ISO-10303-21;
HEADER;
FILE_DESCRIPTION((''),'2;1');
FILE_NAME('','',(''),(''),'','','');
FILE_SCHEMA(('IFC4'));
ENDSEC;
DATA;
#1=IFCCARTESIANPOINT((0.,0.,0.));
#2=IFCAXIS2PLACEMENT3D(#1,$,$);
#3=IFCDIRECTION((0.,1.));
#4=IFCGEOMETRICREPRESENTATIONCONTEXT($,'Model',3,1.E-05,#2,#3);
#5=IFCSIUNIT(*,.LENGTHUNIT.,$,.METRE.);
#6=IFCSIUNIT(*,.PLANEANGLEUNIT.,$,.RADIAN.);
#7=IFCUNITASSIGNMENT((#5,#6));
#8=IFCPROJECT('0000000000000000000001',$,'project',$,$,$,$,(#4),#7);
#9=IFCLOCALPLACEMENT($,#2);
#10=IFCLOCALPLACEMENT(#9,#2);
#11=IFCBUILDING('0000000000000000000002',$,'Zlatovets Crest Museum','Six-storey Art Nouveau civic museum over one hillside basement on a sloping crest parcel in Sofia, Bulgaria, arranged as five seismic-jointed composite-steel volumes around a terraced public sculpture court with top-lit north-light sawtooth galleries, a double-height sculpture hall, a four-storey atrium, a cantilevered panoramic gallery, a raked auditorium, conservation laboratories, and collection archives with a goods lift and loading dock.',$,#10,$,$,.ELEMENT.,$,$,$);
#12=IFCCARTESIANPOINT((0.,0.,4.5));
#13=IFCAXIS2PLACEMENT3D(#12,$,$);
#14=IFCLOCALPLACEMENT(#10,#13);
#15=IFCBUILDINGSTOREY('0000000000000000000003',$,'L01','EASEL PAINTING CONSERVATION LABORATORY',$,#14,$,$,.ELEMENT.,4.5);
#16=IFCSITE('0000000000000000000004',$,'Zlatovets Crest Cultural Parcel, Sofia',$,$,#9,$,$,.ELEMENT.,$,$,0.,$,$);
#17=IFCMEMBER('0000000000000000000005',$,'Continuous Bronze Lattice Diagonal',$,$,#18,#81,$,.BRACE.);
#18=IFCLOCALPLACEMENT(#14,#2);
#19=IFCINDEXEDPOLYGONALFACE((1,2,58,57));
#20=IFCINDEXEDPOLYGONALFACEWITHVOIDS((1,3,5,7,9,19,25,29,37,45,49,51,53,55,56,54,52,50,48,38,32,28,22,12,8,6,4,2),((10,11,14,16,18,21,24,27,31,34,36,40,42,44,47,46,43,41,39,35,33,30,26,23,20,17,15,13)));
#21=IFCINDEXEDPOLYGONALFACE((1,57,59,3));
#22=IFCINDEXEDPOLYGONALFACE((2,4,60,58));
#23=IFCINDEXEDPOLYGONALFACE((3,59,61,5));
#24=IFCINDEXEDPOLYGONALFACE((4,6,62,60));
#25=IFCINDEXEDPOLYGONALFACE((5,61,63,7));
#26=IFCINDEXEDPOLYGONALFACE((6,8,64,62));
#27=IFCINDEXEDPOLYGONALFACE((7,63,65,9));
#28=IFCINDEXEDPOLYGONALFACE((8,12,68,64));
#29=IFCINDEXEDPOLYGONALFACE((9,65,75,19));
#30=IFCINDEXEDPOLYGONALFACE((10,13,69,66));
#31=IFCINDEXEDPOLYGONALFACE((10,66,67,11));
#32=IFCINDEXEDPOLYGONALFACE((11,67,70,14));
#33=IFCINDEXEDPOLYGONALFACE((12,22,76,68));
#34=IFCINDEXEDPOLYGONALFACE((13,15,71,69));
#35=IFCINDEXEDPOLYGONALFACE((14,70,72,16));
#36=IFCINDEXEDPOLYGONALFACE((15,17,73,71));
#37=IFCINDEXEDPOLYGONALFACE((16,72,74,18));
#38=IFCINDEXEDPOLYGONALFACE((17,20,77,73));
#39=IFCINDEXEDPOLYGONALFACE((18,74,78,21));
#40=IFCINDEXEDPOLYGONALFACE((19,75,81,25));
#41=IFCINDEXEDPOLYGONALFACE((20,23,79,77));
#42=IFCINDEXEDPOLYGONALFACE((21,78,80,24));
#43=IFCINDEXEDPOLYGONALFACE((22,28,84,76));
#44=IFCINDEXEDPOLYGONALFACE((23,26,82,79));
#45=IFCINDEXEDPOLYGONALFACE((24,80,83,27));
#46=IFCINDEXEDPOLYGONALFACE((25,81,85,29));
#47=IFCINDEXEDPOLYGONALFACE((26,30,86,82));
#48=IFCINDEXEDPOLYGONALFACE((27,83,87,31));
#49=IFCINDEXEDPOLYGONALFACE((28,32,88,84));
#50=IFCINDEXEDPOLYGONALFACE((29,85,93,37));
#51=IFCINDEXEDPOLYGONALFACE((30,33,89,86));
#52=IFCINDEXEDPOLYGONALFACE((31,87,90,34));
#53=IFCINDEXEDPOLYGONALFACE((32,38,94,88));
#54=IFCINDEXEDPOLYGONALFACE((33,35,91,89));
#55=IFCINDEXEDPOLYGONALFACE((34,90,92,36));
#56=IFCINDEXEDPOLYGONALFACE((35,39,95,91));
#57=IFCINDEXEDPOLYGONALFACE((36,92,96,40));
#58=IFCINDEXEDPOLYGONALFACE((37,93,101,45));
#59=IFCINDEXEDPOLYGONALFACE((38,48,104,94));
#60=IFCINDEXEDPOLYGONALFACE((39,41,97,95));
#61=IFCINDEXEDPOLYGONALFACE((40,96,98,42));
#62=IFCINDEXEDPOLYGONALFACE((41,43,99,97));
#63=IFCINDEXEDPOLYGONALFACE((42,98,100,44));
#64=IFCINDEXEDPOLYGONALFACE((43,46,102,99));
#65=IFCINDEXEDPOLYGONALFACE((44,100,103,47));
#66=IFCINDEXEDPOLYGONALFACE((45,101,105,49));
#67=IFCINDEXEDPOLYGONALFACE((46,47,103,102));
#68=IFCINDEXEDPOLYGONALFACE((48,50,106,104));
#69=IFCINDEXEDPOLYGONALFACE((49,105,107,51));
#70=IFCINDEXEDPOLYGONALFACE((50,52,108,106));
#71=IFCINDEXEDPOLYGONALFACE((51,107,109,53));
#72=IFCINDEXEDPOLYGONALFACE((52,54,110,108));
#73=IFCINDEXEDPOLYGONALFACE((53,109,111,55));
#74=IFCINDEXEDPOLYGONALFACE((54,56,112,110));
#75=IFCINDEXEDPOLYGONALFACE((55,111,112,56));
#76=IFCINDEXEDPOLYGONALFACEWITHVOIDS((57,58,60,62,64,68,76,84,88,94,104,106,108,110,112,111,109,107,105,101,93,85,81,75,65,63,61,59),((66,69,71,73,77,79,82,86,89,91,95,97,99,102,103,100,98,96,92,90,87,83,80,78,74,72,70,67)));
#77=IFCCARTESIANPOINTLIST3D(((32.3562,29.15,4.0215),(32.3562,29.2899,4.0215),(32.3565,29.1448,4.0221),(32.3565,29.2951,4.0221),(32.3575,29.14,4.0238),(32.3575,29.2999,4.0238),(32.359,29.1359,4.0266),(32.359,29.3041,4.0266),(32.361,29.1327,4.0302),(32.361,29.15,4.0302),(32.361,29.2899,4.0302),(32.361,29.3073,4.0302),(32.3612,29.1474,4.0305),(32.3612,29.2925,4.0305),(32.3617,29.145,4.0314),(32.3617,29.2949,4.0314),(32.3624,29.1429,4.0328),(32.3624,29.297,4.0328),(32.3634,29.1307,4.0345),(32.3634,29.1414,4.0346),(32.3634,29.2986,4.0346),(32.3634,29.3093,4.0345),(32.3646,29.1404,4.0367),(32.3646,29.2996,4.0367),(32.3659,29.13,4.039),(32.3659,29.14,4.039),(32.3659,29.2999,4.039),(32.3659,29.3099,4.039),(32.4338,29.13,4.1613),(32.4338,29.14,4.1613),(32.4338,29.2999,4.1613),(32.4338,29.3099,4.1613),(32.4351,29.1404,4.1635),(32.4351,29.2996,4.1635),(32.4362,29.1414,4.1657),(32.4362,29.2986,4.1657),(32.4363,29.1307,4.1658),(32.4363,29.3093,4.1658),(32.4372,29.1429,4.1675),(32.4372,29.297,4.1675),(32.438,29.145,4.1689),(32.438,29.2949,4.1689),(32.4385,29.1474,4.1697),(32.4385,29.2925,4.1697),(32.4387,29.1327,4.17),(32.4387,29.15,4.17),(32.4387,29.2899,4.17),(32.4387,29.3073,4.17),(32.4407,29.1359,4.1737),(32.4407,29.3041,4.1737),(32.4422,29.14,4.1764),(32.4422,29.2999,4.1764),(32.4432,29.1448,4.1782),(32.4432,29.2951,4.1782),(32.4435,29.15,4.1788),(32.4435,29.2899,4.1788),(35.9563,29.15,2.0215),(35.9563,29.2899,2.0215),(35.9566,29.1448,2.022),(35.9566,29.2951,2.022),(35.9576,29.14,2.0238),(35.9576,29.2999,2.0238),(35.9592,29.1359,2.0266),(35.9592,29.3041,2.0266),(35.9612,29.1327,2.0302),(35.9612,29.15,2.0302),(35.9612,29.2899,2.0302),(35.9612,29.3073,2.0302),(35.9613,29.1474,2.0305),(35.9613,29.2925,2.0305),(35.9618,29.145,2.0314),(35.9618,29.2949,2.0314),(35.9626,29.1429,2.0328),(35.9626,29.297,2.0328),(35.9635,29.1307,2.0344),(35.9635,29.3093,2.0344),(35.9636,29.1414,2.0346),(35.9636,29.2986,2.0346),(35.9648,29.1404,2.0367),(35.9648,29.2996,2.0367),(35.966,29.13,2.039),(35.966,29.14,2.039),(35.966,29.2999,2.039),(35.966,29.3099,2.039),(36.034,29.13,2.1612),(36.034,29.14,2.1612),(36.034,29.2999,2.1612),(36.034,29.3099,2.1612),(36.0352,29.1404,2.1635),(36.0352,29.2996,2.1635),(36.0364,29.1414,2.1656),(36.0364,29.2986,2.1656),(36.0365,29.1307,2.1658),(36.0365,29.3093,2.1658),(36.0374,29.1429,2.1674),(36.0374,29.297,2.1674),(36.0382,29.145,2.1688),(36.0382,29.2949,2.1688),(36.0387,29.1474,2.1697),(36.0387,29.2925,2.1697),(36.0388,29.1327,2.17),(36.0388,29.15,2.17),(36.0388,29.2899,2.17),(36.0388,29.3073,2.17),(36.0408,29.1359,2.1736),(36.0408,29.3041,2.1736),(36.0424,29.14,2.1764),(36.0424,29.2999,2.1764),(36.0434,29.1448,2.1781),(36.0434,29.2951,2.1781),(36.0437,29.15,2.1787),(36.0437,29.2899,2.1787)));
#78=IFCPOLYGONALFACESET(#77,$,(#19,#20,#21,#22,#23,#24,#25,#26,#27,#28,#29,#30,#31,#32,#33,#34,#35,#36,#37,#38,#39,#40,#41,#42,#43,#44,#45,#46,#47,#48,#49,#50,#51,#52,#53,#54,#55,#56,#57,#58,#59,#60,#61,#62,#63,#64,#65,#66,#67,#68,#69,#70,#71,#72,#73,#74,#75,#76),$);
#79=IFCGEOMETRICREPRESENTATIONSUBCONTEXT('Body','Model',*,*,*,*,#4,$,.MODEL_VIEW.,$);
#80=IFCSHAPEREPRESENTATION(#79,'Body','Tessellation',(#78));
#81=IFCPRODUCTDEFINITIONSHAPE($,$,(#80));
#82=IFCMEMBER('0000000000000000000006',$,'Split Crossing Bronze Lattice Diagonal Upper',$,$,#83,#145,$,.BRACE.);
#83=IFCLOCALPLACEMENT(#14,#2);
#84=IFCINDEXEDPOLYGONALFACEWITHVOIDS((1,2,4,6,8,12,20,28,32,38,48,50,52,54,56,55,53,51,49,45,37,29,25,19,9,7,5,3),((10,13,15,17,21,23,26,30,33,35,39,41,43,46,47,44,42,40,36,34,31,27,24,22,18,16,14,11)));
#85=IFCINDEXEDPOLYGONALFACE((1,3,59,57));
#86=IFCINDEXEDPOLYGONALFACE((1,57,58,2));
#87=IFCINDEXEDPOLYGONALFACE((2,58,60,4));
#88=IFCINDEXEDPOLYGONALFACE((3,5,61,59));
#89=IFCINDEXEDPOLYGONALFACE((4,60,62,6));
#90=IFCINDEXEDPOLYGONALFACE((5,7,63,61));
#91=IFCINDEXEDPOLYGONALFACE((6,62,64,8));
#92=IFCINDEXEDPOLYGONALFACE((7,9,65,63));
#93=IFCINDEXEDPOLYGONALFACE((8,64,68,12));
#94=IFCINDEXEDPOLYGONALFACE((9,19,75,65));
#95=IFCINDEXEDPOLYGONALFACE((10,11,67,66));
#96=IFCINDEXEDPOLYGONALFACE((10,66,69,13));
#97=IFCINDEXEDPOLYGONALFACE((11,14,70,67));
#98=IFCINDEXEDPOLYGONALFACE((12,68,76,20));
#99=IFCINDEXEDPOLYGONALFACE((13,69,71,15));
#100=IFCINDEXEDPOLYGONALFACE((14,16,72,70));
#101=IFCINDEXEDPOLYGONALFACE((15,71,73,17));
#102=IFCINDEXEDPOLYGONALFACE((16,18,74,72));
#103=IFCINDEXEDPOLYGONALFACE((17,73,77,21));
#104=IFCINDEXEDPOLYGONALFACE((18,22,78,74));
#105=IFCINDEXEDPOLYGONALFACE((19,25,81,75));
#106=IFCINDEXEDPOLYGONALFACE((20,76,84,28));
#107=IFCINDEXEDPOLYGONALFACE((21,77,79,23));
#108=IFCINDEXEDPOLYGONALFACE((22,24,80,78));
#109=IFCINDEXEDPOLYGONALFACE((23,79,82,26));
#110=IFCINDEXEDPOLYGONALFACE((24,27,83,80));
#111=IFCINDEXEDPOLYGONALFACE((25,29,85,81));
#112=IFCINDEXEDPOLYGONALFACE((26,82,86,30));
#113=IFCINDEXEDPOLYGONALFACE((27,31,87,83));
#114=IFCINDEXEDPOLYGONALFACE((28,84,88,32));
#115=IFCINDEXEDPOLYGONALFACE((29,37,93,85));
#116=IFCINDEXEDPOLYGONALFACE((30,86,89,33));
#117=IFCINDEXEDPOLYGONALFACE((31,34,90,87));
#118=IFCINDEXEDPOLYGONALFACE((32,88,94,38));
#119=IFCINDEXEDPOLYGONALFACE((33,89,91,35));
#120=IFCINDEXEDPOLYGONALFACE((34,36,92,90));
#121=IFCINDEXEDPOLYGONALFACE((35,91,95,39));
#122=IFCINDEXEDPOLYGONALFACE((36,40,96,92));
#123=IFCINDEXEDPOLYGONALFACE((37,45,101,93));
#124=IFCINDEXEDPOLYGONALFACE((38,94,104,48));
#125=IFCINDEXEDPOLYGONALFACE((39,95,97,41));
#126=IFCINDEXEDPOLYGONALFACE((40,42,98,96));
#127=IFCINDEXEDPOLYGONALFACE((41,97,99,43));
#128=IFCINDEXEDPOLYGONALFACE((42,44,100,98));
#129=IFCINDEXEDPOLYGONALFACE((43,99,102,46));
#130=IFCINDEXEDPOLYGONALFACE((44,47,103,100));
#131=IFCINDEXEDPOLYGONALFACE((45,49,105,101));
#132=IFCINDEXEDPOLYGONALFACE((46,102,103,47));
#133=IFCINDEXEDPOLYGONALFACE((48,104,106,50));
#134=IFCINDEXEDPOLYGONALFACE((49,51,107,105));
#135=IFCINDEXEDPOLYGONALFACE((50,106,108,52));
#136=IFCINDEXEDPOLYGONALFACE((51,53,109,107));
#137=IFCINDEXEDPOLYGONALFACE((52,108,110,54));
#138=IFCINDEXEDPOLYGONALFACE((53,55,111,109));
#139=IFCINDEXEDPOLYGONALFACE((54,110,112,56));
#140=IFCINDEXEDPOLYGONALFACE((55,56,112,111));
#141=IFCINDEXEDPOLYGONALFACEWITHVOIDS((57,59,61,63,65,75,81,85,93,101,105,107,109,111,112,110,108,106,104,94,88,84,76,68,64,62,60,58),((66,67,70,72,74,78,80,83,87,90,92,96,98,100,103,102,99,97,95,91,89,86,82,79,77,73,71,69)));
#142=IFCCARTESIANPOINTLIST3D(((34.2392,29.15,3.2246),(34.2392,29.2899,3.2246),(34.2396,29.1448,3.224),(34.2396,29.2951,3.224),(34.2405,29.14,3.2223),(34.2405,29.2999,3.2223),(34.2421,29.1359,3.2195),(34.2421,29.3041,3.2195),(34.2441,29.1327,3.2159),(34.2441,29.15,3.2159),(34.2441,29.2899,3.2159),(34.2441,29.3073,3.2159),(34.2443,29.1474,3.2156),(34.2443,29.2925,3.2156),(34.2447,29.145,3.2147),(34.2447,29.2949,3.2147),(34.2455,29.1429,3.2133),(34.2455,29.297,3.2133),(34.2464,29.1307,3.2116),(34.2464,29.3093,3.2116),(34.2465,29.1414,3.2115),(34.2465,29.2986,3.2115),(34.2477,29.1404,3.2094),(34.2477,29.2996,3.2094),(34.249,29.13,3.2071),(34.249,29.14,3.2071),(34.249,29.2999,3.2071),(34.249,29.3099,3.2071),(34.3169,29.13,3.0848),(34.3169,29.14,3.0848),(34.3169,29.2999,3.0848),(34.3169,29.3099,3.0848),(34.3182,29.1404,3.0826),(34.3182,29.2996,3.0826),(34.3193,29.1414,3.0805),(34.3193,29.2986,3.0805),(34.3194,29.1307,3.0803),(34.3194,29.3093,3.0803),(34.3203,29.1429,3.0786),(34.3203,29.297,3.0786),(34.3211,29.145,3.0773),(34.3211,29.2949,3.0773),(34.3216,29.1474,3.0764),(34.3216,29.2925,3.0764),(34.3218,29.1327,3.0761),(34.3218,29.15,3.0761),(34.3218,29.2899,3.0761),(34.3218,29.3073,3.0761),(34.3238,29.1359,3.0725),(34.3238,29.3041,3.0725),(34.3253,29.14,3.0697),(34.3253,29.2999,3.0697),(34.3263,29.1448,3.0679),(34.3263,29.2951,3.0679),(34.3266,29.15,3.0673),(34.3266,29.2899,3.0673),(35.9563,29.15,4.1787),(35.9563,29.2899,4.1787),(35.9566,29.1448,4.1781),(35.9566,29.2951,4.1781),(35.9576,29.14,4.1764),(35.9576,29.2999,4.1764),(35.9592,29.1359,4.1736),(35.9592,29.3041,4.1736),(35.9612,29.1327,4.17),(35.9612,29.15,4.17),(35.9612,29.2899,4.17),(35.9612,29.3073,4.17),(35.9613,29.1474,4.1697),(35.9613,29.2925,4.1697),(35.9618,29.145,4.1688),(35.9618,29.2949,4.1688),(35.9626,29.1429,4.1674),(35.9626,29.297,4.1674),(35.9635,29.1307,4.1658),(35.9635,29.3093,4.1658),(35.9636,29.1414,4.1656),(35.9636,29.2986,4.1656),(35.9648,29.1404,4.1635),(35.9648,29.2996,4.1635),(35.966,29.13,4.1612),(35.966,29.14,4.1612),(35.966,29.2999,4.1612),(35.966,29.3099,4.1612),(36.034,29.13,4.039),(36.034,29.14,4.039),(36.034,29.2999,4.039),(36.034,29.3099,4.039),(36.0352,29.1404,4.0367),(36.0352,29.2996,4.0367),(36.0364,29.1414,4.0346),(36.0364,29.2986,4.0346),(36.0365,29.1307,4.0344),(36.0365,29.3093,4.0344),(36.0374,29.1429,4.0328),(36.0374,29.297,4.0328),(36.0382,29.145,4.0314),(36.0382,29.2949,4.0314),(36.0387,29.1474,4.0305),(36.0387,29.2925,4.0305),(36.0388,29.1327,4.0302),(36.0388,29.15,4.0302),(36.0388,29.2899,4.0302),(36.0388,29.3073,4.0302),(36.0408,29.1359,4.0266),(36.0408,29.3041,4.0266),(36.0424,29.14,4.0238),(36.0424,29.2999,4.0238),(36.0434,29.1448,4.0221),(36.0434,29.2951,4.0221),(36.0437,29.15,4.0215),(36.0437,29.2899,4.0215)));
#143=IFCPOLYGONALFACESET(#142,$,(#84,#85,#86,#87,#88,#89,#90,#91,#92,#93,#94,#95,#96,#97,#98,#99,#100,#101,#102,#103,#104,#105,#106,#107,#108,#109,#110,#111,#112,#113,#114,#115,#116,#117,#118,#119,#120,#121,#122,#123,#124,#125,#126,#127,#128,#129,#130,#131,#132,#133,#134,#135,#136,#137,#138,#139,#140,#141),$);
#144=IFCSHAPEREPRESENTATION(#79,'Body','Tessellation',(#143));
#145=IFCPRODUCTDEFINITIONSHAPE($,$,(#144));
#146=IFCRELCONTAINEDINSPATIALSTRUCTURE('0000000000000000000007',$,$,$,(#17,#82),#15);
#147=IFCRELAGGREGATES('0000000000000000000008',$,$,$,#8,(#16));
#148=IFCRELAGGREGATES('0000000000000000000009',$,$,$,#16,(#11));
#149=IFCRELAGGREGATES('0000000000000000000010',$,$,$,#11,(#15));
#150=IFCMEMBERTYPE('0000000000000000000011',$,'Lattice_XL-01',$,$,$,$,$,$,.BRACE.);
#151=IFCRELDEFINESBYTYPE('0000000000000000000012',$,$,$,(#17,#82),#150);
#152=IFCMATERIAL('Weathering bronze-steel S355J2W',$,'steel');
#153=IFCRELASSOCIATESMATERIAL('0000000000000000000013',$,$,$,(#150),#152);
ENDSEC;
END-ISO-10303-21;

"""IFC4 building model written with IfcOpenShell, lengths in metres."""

from ifc_helpers import new_model, si_unit, direction, frame, origin, origin_2d, place, context, subcontext, project, spatial, hollow_rectangle, extrude, material, material_profile, profile_set, type_object, element, save


model = new_model("IFC4")

# Units and contexts
model_context = context("Model", 3, precision=1e-05, world=origin(), true_north=direction((0.0, 1.0)))
body_context = subcontext(model_context, "Body", "Model", "MODEL_VIEW")
ifc_project = project(units=[si_unit("LENGTHUNIT", "METRE"), si_unit("PLANEANGLEUNIT", "RADIAN")], contexts=[model_context])

# Site, building, storey
site_placement = place(None, origin())
site = spatial("IfcSite", under=ifc_project, at=site_placement, Name="Zlatovets Crest Cultural Parcel, Sofia", CompositionType="ELEMENT", RefElevation=0.0)
building_placement = place(site_placement, origin())
building = spatial("IfcBuilding", under=site, at=building_placement, Name="Zlatovets Crest Museum", Description="Six-storey Art Nouveau civic museum over one hillside basement on a sloping crest parcel in Sofia, Bulgaria, arranged as five seismic-jointed composite-steel volumes around a terraced public sculpture court with top-lit north-light sawtooth galleries, a double-height sculpture hall, a four-storey atrium, a cantilevered panoramic gallery, a raked auditorium, conservation laboratories, and collection archives with a goods lift and loading dock.", CompositionType="ELEMENT")
storey_placement = place(building_placement, frame((0.0, 0.0, 4.5)))
storey = spatial("IfcBuildingStorey", under=building, at=storey_placement, Name="L01", Description="EASEL PAINTING CONSERVATION LABORATORY", CompositionType="ELEMENT", Elevation=4.5)

# Members
ifc_material_1 = material(Name="Weathering bronze-steel S355J2W", Category="steel")
ifc_material_profile_1 = material_profile(ifc_material_1, hollow_rectangle(XDim=0.1799, YDim=0.1799, WallThickness=0.01, InnerFilletRadius=0.01, OuterFilletRadius=0.02, at=origin_2d()), Name="SHS 180x180x10.0")
ifc_profile_set_1 = profile_set([ifc_material_profile_1], Name="Weathering bronze-steel S355J2W")
member_type_1 = type_object("IfcMemberType", Name="Lattice_XL-01", PredefinedType="BRACE", material=ifc_profile_set_1)
member_1_placement = place(storey_placement, frame((36.0, 29.22, 2.1001), z_axis=(-0.874163, 0.0, 0.485633), x_axis=(0.0, -1.0, 0.0)))
element("IfcMember", 1, at=member_1_placement, inside=storey, type_object=member_type_1, Name="Continuous Bronze Lattice Diagonal", PredefinedType="BRACE", context=body_context, shape_type="SweptSolid", body=[
    extrude(hollow_rectangle(XDim=0.1799, YDim=0.1799, WallThickness=0.01, InnerFilletRadius=0.01, OuterFilletRadius=0.02, at=origin_2d()), origin(), (0.0, 0.0, 1.0), 4.1184),
])
member_2_placement = place(storey_placement, frame((36.0, 29.22, 4.1001), z_axis=(-0.874116, 0.0, -0.485717), x_axis=(0.0, -1.0, 0.0)))
element("IfcMember", 2, at=member_2_placement, inside=storey, type_object=member_type_1, Name="Split Crossing Bronze Lattice Diagonal Upper", PredefinedType="BRACE", context=body_context, shape_type="SweptSolid", body=[
    extrude(hollow_rectangle(XDim=0.1799, YDim=0.1799, WallThickness=0.01, InnerFilletRadius=0.01, OuterFilletRadius=0.02, at=origin_2d()), origin(), (0.0, 0.0, 1.0), 1.9644),
])

save(model, "model.ifc")
